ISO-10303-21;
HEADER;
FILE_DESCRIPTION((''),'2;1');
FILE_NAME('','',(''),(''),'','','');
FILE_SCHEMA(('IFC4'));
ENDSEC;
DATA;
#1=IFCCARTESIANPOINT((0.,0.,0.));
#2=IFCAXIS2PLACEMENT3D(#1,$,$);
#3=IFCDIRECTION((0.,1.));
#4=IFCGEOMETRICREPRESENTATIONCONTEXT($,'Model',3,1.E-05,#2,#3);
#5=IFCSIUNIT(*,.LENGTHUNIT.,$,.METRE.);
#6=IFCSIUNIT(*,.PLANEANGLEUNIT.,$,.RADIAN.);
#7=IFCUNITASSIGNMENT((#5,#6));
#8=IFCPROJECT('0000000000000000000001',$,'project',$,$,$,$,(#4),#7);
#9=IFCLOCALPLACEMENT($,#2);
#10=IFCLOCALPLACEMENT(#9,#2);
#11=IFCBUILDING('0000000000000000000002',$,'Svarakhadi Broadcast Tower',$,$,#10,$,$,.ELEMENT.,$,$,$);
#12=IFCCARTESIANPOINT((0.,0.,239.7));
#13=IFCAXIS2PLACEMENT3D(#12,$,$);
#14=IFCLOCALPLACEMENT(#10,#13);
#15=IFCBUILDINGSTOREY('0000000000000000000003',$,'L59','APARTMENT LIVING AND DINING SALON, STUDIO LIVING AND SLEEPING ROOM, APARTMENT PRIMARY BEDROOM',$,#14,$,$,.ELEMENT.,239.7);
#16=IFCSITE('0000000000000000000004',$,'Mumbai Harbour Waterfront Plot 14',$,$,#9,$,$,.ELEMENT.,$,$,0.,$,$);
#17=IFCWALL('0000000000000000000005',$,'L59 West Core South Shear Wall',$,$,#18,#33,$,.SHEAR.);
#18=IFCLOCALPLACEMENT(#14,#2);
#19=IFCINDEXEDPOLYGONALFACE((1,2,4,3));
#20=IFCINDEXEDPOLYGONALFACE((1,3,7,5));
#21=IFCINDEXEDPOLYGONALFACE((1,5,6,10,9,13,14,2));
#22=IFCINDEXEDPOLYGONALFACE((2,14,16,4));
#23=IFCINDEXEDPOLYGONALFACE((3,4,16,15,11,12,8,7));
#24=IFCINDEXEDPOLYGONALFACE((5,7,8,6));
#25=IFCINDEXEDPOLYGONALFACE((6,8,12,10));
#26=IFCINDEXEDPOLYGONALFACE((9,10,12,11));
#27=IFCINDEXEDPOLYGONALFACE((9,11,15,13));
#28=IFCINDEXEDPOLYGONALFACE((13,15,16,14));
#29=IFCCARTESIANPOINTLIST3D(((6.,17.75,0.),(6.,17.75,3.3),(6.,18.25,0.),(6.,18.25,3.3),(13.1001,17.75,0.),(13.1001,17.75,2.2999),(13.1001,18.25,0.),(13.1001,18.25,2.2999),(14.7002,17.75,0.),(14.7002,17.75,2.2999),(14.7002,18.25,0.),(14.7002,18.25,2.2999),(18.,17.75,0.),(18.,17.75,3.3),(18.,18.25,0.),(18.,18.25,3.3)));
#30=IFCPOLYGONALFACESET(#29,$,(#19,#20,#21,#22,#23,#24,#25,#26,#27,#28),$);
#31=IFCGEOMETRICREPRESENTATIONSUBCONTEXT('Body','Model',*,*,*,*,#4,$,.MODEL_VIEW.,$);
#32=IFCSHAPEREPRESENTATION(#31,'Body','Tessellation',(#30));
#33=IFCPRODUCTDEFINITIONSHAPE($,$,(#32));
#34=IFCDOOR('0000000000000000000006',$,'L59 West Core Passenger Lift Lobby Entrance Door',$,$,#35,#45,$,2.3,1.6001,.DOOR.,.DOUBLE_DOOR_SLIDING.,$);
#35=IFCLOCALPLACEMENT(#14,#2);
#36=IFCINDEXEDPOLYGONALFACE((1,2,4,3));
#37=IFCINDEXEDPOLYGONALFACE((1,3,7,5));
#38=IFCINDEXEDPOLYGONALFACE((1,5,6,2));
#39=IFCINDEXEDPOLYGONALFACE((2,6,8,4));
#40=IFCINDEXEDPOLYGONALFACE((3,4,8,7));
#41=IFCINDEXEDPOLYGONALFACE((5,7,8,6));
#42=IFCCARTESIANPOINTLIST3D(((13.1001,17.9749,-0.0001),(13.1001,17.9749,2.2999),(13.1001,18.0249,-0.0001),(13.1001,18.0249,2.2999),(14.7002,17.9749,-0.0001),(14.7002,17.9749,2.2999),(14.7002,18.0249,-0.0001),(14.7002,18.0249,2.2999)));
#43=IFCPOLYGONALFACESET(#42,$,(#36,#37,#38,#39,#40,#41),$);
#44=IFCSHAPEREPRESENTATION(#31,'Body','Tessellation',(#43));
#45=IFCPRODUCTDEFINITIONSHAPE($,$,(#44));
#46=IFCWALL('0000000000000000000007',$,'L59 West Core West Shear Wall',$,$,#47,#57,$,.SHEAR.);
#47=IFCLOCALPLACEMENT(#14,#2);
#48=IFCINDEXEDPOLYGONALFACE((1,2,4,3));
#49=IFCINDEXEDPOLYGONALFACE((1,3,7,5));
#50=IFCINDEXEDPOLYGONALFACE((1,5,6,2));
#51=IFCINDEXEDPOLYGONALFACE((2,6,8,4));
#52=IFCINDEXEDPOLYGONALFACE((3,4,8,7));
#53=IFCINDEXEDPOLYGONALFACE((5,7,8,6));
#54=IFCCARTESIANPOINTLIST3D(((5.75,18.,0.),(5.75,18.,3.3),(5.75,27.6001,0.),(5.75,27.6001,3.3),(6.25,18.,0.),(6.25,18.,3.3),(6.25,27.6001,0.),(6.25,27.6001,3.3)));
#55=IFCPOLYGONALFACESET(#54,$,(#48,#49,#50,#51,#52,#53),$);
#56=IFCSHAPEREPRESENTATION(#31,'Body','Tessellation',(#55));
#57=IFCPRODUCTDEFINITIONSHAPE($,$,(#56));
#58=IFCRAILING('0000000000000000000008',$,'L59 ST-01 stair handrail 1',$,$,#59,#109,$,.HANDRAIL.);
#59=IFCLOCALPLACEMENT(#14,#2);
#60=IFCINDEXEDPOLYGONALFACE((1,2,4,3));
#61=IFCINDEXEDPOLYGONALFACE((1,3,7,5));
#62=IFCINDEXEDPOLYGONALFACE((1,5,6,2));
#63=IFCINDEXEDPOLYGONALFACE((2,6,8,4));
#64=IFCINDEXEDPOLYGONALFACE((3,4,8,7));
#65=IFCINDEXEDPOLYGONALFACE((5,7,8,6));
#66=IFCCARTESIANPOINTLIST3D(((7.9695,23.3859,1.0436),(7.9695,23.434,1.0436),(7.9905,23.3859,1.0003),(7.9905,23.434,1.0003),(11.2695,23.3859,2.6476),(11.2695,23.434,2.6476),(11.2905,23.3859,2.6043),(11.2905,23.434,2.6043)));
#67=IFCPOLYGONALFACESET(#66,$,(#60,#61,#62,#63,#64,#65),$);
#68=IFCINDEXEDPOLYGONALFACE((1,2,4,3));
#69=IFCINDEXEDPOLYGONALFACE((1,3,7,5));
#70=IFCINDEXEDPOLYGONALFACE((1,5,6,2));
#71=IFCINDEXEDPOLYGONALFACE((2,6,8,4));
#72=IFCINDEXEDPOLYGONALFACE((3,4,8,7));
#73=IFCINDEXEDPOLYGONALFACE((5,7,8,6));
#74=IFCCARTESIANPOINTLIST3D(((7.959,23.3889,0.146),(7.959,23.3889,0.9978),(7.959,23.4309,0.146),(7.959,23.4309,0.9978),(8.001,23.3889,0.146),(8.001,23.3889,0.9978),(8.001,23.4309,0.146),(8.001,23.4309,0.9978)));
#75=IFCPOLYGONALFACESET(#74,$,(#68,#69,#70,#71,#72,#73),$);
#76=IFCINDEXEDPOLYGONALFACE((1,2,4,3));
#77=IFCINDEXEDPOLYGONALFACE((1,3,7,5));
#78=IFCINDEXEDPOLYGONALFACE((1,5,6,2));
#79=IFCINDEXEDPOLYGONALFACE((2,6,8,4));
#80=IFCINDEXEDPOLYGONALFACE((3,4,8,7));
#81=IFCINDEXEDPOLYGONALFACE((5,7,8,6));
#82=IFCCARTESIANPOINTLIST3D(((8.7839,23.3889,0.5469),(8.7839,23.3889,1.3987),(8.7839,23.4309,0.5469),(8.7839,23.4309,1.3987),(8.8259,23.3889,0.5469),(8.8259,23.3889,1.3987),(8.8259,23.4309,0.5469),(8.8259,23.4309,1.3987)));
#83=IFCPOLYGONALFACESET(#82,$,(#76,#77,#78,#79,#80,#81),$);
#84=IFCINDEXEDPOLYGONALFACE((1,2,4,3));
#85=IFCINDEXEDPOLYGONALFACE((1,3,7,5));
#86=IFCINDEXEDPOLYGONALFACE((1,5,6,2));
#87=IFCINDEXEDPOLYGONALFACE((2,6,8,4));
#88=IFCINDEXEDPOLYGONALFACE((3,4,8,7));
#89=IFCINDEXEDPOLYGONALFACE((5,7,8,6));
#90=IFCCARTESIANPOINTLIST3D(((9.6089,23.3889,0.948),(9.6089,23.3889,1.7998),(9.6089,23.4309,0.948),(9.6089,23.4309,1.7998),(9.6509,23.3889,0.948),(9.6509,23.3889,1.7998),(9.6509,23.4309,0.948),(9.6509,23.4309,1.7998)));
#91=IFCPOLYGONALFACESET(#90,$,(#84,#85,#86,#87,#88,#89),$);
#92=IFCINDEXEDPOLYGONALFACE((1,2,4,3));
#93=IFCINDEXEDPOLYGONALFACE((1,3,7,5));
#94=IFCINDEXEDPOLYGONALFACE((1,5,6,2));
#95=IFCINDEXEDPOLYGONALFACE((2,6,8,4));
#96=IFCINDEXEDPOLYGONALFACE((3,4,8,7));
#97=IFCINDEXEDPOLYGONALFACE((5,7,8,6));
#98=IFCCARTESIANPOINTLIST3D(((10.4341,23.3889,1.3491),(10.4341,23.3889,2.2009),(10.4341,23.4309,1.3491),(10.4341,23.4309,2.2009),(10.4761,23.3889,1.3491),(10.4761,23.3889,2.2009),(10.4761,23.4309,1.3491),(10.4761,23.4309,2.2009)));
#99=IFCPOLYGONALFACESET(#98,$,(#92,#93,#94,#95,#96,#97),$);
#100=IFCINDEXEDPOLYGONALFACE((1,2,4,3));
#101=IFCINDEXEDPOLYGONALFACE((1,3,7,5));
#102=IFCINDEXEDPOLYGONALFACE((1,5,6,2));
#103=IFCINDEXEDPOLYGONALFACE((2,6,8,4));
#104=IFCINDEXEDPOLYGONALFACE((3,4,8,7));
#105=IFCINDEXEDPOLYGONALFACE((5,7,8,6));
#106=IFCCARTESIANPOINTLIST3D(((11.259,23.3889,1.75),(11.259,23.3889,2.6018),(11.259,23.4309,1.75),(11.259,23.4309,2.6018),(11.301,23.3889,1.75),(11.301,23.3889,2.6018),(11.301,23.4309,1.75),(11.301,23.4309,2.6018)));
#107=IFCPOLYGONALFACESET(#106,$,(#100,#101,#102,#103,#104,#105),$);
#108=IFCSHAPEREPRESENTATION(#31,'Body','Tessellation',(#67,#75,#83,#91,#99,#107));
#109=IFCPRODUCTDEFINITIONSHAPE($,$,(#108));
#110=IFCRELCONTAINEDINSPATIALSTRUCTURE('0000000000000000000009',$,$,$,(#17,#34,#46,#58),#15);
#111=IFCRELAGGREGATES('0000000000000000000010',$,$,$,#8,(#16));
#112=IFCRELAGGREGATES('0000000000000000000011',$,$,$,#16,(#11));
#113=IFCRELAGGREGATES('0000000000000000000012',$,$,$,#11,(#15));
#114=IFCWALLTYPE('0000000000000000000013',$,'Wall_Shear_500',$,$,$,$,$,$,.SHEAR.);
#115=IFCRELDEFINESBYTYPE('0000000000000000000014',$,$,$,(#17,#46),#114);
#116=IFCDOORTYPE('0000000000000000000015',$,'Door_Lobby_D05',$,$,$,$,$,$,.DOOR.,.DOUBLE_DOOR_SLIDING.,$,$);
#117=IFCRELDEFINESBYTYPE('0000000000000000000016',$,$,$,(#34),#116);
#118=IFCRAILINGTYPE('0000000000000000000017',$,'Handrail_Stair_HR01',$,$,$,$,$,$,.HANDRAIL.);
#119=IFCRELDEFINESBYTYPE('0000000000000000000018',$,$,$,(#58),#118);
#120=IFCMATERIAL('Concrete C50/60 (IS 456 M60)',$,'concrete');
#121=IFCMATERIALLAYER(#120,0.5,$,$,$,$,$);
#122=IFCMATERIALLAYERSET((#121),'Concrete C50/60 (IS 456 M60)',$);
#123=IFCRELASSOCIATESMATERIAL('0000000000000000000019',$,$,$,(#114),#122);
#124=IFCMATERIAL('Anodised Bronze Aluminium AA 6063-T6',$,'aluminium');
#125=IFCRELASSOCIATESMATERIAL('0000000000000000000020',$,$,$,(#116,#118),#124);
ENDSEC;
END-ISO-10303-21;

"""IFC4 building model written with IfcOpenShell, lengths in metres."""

from ifc_helpers import new_model, si_unit, direction, frame, frame_2d, origin, origin_2d, place, context, subcontext, project, spatial, rectangle, extrude, material, layer, layer_set, type_object, element, fill, save


model = new_model("IFC4")

# Units and contexts
model_context = context("Model", 3, precision=1e-05, world=origin(), true_north=direction((0.0, 1.0)))
body_context = subcontext(model_context, "Body", "Model", "MODEL_VIEW")
ifc_project = project(units=[si_unit("LENGTHUNIT", "METRE"), si_unit("PLANEANGLEUNIT", "RADIAN")], contexts=[model_context])

# Site, building, storey
site_placement = place(None, origin())
site = spatial("IfcSite", under=ifc_project, at=site_placement, Name="Mumbai Harbour Waterfront Plot 14", CompositionType="ELEMENT", RefElevation=0.0)
building_placement = place(site_placement, origin())
building = spatial("IfcBuilding", under=site, at=building_placement, Name="Svarakhadi Broadcast Tower", CompositionType="ELEMENT")
storey_placement = place(building_placement, frame((0.0, 0.0, 239.7)))
storey = spatial("IfcBuildingStorey", under=building, at=storey_placement, Name="L59", Description="APARTMENT LIVING AND DINING SALON, STUDIO LIVING AND SLEEPING ROOM, APARTMENT PRIMARY BEDROOM", CompositionType="ELEMENT", Elevation=239.7)

# Shared definitions
ifc_material_1 = material(Name="Concrete C50/60 (IS 456 M60)", Category="concrete")

# Wall, opening, door
ifc_layer_1 = layer(ifc_material_1, 0.5)
ifc_layer_set_1 = layer_set([ifc_layer_1], Name="Concrete C50/60 (IS 456 M60)")
wall_type_1 = type_object("IfcWallType", Name="Wall_Shear_500", PredefinedType="SHEAR", material=ifc_layer_set_1)
wall_1_placement = place(storey_placement, frame((6.0, 18.0, 0.0), z_axis=(0.0, 0.0, 1.0), x_axis=(1.0, 0.0, 0.0)))
wall_1 = element("IfcWall", 1, at=wall_1_placement, inside=storey, type_object=wall_type_1, Name="L59 West Core South Shear Wall", PredefinedType="SHEAR", context=body_context, shape_type="SweptSolid", body=[
    extrude(rectangle(XDim=12.0, YDim=0.5, at=frame_2d((6.0, 0.0))), origin(), (0.0, 0.0, 1.0), 3.3),
])
opening_1_placement = place(wall_1_placement, frame((7.1001, 0.0, 0.0)))
opening_1 = element("IfcOpeningElement", 2, at=opening_1_placement, cuts=wall_1, PredefinedType="OPENING", context=body_context, shape_type="SweptSolid", body=[
    extrude(rectangle(XDim=1.6001, YDim=2.3, at=frame_2d((0.8, 1.1499))), frame((0.0, 0.26, 0.0), z_axis=(0.0, -1.0, 0.0), x_axis=(1.0, 0.0, 0.0)), (0.0, 0.0, 1.0), 0.52),
])
ifc_material_2 = material(Name="Anodised Bronze Aluminium AA 6063-T6", Category="aluminium")
door_type_1 = type_object("IfcDoorType", Name="Door_Lobby_D05", OperationType="DOUBLE_DOOR_SLIDING", PredefinedType="DOOR", material=ifc_material_2)
door_1_placement = place(opening_1_placement, origin())
door_1 = element("IfcDoor", 3, at=door_1_placement, inside=storey, type_object=door_type_1, Name="L59 West Core Passenger Lift Lobby Entrance Door", OperationType="DOUBLE_DOOR_SLIDING", OverallHeight=2.3, OverallWidth=1.6001, PredefinedType="DOOR", context=body_context, shape_type="SweptSolid", body=[
    extrude(rectangle(XDim=1.6001, YDim=2.3, at=frame_2d((0.8, 1.1499))), frame((0.0, 0.0249, 0.0), z_axis=(0.0, -1.0, 0.0), x_axis=(1.0, 0.0, 0.0)), (0.0, 0.0, 1.0), 0.05),
])
fill(opening_1, door_1)

# Wall
wall_2_placement = place(storey_placement, frame((6.0, 18.0, 0.0), z_axis=(0.0, 0.0, 1.0), x_axis=(0.0, 1.0, 0.0)))
element("IfcWall", 4, at=wall_2_placement, inside=storey, type_object=wall_type_1, Name="L59 West Core West Shear Wall", PredefinedType="SHEAR", context=body_context, shape_type="SweptSolid", body=[
    extrude(rectangle(XDim=9.6001, YDim=0.5, at=frame_2d((4.8, 0.0))), origin(), (0.0, 0.0, 1.0), 3.3),
])

# Railing
railing_type = type_object("IfcRailingType", Name="Handrail_Stair_HR01", PredefinedType="HANDRAIL", material=ifc_material_2)
railing_placement = place(storey_placement, frame((7.98, 23.4099, 0.146)))
element("IfcRailing", 5, at=railing_placement, inside=storey, type_object=railing_type, Name="L59 ST-01 stair handrail 1", PredefinedType="HANDRAIL", context=body_context, shape_type="SweptSolid", body=[
    extrude(rectangle(XDim=0.0481, YDim=0.0481, at=origin_2d()), frame((0.0, 0.0, 0.876), z_axis=(0.899388, 0.0, 0.437152), x_axis=(0.0, 1.0, 0.0)), (0.0, 0.0, 1.0), 3.6692),
    extrude(rectangle(XDim=0.042, YDim=0.042, at=origin_2d()), origin(), (0.0, 0.0, 1.0), 0.8518),
    extrude(rectangle(XDim=0.042, YDim=0.042, at=origin_2d()), frame((0.825, 0.0, 0.4009)), (0.0, 0.0, 1.0), 0.8518),
    extrude(rectangle(XDim=0.042, YDim=0.042, at=origin_2d()), frame((1.6499, 0.0, 0.802)), (0.0, 0.0, 1.0), 0.8518),
    extrude(rectangle(XDim=0.042, YDim=0.042, at=origin_2d()), frame((2.4751, 0.0, 1.2031)), (0.0, 0.0, 1.0), 0.8518),
    extrude(rectangle(XDim=0.042, YDim=0.042, at=origin_2d()), frame((3.3, 0.0, 1.604)), (0.0, 0.0, 1.0), 0.8518),
])

save(model, "model.ifc")
